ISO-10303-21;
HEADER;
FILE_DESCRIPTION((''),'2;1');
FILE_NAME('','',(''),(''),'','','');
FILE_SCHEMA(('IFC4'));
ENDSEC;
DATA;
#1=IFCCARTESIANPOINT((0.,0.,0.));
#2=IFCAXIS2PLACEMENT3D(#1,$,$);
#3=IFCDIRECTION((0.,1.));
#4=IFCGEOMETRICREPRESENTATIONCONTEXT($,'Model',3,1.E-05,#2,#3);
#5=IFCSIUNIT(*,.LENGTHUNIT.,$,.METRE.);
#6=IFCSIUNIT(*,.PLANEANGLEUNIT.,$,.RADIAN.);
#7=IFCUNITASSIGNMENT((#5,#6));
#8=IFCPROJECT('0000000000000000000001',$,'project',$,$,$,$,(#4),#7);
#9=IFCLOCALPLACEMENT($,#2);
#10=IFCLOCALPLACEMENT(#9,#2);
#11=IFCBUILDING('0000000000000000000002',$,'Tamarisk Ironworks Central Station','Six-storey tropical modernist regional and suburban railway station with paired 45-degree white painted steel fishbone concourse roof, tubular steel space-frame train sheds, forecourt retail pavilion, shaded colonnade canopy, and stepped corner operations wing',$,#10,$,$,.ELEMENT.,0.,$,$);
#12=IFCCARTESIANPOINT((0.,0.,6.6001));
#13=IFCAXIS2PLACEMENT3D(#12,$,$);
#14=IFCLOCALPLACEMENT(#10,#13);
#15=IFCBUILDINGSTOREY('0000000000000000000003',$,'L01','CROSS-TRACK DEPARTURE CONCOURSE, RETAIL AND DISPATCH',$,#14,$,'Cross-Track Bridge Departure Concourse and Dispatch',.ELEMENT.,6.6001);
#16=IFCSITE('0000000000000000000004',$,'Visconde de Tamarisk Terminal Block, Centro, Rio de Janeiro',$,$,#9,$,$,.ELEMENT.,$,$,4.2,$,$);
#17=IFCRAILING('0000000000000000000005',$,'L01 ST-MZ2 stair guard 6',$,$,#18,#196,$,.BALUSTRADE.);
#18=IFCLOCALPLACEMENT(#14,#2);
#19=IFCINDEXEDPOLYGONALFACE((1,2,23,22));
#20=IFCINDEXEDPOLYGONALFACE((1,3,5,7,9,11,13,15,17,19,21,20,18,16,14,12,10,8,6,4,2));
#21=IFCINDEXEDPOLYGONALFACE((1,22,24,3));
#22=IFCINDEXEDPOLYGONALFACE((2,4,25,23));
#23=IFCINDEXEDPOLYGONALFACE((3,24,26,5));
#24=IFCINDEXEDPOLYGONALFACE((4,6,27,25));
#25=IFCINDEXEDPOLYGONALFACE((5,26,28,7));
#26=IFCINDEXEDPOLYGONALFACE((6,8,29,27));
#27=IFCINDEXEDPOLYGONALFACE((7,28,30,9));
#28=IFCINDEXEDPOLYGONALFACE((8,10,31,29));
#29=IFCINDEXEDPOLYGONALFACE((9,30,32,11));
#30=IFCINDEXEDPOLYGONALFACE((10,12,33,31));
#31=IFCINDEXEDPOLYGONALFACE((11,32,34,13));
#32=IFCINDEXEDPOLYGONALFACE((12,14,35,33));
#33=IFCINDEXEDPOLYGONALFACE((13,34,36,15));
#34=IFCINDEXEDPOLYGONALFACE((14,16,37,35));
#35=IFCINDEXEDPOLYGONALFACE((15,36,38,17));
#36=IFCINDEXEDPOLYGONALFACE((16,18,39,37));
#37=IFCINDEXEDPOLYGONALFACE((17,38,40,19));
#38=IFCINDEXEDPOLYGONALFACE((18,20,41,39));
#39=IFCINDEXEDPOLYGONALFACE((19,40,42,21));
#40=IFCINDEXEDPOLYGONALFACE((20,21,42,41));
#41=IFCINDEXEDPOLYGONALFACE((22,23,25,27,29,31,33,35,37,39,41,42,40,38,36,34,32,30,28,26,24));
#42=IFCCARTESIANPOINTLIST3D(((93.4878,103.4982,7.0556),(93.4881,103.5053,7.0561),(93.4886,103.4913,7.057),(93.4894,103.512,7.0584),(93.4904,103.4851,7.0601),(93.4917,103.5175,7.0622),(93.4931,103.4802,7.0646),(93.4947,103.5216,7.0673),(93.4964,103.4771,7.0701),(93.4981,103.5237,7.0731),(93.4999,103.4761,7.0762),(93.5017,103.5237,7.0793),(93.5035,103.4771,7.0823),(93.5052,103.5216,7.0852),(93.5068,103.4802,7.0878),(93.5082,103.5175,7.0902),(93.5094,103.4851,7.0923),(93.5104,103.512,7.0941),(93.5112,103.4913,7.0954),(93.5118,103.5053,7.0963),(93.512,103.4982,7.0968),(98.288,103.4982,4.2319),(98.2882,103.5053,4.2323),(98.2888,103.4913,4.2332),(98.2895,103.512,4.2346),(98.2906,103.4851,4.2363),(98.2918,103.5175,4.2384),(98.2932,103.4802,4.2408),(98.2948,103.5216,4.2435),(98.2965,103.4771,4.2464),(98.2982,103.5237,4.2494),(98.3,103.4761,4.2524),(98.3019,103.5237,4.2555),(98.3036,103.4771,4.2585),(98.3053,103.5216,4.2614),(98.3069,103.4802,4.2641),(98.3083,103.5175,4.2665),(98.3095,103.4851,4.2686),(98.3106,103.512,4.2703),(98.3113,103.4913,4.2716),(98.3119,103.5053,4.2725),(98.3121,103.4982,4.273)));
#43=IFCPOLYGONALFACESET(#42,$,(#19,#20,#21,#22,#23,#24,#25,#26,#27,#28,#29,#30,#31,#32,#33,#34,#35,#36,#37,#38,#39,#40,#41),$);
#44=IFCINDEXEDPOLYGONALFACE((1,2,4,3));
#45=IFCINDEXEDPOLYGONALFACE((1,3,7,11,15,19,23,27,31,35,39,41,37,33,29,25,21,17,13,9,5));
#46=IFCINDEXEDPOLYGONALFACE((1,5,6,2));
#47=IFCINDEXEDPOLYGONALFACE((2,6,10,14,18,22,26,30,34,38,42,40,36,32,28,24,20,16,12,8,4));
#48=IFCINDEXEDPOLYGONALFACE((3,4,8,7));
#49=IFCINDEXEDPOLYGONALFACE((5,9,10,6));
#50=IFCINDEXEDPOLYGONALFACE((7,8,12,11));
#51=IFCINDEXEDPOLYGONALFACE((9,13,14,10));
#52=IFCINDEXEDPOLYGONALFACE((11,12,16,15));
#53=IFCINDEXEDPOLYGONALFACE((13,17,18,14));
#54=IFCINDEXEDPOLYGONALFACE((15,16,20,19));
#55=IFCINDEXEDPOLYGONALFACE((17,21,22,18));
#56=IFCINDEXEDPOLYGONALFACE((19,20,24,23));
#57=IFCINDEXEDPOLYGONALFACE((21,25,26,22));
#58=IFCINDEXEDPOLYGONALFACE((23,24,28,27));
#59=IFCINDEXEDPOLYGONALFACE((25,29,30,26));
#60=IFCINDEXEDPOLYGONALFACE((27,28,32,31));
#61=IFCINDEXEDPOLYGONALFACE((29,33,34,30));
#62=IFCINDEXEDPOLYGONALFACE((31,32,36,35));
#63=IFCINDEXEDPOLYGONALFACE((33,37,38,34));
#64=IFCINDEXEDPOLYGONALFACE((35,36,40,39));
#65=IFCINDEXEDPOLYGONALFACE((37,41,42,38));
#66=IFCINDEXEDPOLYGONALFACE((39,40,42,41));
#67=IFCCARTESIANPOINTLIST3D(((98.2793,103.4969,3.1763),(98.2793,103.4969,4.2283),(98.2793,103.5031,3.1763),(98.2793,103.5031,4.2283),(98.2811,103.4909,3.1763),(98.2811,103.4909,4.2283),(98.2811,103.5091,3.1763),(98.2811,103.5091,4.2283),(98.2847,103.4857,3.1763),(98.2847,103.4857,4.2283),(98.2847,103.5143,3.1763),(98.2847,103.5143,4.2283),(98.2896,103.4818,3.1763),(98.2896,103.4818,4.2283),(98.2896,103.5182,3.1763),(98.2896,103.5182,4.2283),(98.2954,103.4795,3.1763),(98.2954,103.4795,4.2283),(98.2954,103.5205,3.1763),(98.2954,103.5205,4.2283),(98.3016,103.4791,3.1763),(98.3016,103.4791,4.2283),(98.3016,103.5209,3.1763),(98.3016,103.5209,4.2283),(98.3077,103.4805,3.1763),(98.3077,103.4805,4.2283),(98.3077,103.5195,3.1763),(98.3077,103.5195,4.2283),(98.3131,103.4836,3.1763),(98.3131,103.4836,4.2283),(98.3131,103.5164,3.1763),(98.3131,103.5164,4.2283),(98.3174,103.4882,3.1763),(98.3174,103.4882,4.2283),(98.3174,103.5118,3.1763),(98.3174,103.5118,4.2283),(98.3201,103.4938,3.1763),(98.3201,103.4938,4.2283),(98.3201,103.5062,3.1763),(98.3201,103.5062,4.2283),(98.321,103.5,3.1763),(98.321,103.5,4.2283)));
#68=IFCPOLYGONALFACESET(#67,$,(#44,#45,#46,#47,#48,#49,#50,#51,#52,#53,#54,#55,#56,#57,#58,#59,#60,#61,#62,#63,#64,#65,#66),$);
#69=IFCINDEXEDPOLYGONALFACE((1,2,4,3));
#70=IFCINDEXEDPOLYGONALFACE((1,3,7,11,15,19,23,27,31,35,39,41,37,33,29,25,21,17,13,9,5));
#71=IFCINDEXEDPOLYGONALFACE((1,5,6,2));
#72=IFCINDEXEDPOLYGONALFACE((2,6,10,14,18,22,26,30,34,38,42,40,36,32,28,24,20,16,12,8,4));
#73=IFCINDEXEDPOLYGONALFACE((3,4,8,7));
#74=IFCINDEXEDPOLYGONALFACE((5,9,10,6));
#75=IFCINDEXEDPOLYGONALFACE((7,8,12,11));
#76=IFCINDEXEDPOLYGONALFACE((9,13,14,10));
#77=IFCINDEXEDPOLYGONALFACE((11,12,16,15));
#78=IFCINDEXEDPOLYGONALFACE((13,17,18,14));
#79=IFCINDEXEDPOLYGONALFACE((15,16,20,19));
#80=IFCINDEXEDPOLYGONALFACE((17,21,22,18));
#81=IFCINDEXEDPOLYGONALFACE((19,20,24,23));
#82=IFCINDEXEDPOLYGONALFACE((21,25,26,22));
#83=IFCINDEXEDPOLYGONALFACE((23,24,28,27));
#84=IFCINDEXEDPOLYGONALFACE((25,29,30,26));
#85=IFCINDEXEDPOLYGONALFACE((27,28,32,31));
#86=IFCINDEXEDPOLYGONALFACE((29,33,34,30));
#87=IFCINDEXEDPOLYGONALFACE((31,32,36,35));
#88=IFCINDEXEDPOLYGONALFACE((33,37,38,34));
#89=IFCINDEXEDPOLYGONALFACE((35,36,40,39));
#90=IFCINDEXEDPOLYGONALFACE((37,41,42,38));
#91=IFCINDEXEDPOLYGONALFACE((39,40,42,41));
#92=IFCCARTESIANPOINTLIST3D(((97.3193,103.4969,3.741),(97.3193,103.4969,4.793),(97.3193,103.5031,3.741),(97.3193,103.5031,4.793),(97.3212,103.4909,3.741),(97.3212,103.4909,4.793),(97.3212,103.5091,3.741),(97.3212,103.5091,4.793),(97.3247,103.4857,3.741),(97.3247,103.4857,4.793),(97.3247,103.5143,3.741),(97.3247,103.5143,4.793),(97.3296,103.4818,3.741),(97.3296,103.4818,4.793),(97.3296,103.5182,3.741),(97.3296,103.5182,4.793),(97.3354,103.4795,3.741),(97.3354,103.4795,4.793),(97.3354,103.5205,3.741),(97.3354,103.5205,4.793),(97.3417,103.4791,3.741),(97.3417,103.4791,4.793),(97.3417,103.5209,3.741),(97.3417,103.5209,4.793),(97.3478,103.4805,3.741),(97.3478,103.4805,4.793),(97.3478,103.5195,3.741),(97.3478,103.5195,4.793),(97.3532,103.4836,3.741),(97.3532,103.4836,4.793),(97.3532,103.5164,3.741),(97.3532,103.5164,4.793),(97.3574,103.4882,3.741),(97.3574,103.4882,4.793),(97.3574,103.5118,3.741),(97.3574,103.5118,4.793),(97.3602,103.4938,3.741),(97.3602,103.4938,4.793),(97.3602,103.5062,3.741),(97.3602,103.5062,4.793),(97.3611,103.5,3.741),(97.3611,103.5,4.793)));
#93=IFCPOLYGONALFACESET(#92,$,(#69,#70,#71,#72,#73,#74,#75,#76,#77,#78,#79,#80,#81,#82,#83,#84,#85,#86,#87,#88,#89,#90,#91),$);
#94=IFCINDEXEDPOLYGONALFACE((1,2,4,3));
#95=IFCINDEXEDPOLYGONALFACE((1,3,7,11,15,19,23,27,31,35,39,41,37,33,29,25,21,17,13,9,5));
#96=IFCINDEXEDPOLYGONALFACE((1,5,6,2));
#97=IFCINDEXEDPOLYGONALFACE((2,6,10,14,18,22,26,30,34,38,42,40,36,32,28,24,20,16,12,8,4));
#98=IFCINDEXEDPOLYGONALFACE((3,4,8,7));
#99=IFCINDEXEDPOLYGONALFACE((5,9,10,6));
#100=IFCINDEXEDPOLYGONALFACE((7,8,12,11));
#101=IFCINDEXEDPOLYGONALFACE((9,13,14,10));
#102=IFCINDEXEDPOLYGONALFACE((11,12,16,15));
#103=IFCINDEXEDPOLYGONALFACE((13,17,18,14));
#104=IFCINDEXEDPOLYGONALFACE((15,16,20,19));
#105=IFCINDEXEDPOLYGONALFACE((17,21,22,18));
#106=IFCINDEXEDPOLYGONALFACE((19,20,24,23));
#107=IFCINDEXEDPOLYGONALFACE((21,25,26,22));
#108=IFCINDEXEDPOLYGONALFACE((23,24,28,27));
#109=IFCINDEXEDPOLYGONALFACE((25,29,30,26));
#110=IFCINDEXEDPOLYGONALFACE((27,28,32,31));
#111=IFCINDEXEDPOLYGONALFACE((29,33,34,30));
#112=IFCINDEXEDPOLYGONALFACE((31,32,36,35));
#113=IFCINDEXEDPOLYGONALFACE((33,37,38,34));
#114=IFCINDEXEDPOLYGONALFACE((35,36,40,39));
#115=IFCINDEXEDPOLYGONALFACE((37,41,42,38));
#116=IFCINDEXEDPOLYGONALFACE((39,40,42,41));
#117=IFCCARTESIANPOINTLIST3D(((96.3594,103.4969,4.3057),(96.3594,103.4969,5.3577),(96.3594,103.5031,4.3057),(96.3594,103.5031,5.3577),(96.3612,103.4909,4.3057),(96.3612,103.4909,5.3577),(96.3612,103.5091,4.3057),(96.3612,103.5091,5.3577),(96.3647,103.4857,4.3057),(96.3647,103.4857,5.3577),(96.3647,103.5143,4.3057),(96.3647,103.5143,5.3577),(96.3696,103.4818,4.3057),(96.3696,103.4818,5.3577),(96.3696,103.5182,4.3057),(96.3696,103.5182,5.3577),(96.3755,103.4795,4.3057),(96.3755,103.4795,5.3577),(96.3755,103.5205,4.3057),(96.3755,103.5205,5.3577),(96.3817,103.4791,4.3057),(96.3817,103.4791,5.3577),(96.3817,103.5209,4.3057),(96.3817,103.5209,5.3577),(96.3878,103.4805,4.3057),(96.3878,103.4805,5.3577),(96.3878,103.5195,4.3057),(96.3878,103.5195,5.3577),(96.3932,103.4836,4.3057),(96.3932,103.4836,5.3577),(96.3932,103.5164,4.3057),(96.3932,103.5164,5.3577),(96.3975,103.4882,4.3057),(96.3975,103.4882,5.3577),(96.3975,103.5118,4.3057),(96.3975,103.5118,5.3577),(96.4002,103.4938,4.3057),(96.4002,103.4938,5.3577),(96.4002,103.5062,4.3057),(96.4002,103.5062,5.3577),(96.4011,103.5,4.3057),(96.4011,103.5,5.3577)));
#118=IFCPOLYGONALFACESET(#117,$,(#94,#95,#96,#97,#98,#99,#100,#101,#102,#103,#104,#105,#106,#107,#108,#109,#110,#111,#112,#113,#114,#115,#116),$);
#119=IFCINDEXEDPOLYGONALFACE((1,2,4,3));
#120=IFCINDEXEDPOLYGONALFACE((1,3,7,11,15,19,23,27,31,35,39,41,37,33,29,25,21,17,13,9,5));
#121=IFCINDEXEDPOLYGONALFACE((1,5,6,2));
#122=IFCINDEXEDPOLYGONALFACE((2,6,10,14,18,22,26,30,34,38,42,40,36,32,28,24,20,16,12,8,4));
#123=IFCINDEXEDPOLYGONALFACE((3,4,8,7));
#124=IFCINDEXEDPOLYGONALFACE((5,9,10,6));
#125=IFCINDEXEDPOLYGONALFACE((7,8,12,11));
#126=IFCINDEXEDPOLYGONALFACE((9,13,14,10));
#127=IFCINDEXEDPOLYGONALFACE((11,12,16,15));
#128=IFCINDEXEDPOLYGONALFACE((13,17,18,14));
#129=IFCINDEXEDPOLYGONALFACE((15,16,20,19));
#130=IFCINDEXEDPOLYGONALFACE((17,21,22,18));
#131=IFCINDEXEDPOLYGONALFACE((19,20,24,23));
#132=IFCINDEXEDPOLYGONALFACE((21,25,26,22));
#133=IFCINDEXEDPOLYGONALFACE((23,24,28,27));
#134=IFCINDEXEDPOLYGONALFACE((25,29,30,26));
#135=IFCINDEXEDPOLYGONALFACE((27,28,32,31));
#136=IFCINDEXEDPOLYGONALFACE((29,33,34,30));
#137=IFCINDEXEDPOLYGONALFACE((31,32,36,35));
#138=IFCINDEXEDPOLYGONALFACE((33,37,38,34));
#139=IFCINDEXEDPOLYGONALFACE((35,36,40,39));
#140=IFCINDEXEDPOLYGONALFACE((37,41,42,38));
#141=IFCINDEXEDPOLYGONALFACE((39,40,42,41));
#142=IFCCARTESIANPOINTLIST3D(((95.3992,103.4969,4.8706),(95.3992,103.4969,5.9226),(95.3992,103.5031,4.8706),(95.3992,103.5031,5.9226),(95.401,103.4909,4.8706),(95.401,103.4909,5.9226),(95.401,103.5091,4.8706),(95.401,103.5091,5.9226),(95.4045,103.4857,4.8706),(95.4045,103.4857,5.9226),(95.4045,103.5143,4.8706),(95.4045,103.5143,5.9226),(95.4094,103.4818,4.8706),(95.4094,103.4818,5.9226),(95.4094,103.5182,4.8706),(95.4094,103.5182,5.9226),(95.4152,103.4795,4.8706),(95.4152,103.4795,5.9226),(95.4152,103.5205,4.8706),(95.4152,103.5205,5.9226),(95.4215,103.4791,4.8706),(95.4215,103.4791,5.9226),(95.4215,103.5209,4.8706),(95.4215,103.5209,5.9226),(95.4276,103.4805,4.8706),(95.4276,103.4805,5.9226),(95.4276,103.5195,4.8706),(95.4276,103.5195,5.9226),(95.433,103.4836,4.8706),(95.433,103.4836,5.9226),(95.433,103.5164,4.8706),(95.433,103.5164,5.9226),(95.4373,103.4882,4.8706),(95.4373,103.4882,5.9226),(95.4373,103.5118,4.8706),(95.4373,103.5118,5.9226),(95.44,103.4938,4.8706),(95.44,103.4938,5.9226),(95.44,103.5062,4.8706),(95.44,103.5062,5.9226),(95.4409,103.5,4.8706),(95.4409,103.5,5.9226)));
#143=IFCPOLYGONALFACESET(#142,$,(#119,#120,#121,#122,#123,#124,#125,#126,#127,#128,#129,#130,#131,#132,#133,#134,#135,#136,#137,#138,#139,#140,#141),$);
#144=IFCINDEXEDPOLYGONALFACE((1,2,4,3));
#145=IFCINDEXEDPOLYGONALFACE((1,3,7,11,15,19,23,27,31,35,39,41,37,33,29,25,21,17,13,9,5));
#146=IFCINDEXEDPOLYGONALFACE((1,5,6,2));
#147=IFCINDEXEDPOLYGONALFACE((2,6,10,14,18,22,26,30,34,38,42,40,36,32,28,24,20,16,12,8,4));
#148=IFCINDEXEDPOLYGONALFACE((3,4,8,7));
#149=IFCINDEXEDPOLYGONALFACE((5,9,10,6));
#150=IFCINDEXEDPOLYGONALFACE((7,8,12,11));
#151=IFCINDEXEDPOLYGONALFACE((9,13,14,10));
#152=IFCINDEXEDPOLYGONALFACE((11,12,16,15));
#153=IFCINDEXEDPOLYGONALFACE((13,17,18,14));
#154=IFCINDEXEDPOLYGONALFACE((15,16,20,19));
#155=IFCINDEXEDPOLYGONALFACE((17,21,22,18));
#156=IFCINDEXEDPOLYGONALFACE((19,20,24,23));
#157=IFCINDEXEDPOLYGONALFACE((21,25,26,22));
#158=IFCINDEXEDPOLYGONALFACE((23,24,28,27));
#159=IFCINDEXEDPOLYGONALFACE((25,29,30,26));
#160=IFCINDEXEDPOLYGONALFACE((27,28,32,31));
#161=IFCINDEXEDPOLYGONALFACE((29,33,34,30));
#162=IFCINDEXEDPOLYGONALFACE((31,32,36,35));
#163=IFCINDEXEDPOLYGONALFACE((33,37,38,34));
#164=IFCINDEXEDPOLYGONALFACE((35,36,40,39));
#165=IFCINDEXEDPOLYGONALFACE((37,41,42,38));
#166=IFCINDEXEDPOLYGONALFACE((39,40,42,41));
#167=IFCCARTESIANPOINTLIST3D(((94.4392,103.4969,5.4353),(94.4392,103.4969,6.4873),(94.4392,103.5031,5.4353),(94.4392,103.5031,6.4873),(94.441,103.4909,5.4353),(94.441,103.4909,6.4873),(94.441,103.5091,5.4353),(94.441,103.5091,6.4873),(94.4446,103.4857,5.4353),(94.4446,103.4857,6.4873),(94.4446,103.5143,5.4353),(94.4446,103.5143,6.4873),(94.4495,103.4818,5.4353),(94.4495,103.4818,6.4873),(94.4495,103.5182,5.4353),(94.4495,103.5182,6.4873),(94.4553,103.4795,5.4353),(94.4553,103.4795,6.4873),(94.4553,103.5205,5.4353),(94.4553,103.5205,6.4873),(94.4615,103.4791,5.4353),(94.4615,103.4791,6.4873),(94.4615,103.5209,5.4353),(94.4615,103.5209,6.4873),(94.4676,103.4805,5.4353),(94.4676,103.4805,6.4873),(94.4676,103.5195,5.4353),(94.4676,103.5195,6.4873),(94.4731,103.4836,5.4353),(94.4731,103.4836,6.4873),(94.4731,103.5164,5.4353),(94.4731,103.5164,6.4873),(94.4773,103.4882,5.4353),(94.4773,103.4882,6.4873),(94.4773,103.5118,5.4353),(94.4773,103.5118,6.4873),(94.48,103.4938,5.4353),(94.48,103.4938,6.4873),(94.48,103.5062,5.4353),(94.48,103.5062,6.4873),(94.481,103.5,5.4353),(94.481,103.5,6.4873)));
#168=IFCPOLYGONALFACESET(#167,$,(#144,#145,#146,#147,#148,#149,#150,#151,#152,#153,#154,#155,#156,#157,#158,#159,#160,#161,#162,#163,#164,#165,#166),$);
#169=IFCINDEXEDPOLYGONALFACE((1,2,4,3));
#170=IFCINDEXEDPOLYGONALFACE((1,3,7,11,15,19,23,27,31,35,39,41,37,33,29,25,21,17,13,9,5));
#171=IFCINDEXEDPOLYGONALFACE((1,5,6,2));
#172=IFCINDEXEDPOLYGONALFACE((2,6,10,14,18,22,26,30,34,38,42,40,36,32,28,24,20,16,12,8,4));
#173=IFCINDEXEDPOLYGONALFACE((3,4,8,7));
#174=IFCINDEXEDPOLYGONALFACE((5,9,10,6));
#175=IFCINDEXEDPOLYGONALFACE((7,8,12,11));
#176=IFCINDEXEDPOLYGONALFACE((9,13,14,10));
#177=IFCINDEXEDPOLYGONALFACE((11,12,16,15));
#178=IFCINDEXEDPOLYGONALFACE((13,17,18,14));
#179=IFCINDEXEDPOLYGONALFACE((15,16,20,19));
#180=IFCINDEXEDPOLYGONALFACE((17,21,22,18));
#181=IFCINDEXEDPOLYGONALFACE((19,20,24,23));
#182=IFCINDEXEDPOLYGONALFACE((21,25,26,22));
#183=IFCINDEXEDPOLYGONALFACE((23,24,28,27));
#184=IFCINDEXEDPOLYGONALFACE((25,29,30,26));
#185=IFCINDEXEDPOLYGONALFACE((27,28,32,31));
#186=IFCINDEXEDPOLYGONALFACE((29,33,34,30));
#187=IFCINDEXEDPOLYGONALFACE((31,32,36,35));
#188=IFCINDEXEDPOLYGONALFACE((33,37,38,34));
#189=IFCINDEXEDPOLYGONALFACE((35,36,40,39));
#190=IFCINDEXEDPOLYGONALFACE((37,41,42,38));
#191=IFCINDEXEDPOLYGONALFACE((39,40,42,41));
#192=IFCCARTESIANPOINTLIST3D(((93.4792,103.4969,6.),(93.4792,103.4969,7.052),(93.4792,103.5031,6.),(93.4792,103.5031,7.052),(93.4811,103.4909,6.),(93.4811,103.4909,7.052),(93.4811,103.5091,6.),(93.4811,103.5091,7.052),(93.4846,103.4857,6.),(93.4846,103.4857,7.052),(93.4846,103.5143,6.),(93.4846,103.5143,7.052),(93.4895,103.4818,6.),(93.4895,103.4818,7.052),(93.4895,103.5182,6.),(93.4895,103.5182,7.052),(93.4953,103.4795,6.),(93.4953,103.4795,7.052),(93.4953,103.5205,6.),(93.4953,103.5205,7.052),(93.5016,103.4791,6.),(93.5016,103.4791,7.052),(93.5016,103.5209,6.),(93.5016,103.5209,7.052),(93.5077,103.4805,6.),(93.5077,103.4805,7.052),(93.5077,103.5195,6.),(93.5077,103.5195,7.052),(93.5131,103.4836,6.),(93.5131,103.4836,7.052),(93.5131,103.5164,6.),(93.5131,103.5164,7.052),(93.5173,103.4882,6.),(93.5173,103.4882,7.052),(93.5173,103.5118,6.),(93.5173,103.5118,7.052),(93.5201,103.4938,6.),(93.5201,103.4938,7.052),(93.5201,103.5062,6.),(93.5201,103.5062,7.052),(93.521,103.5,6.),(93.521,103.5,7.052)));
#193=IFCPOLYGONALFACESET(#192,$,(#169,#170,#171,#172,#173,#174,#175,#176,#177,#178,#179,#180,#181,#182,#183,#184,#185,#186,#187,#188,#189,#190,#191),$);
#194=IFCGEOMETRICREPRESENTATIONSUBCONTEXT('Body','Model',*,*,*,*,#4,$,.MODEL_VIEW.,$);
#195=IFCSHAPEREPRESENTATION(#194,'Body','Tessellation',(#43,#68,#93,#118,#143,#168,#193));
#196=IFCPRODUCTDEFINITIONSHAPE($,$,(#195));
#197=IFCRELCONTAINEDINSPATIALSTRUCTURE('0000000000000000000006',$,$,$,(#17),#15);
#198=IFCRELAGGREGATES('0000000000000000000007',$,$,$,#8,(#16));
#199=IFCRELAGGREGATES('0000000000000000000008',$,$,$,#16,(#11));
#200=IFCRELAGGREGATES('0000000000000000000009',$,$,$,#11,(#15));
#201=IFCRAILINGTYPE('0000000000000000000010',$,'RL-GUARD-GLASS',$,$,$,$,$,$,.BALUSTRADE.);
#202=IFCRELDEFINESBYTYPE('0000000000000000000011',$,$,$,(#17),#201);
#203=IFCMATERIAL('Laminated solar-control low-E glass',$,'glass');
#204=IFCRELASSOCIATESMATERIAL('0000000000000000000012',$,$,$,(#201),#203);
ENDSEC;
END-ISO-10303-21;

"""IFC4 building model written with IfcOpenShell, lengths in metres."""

from ifc_helpers import new_model, si_unit, direction, frame, origin, origin_2d, place, context, subcontext, project, spatial, circle, extrude, material, type_object, element, save


model = new_model("IFC4")

# Units and contexts
model_context = context("Model", 3, precision=1e-05, world=origin(), true_north=direction((0.0, 1.0)))
body_context = subcontext(model_context, "Body", "Model", "MODEL_VIEW")
ifc_project = project(units=[si_unit("LENGTHUNIT", "METRE"), si_unit("PLANEANGLEUNIT", "RADIAN")], contexts=[model_context])

# Site, building, storey
site_placement = place(None, origin())
site = spatial("IfcSite", under=ifc_project, at=site_placement, Name="Visconde de Tamarisk Terminal Block, Centro, Rio de Janeiro", CompositionType="ELEMENT", RefElevation=4.2)
building_placement = place(site_placement, origin())
building = spatial("IfcBuilding", under=site, at=building_placement, Name="Tamarisk Ironworks Central Station", Description="Six-storey tropical modernist regional and suburban railway station with paired 45-degree white painted steel fishbone concourse roof, tubular steel space-frame train sheds, forecourt retail pavilion, shaded colonnade canopy, and stepped corner operations wing", CompositionType="ELEMENT", ElevationOfRefHeight=0.0)
storey_placement = place(building_placement, frame((0.0, 0.0, 6.6001)))
storey = spatial("IfcBuildingStorey", under=building, at=storey_placement, Name="L01", Description="CROSS-TRACK DEPARTURE CONCOURSE, RETAIL AND DISPATCH", LongName="Cross-Track Bridge Departure Concourse and Dispatch", CompositionType="ELEMENT", Elevation=6.6001)

# Shared definitions
ifc_material_1 = material(Name="Laminated solar-control low-E glass", Category="glass")

# Railing
railing_type = type_object("IfcRailingType", Name="RL-GUARD-GLASS", PredefinedType="BALUSTRADE", material=ifc_material_1)
railing_1_placement = place(storey_placement, frame((98.3, 103.5, 3.1763)))
element("IfcRailing", 1, at=railing_1_placement, inside=storey, type_object=railing_type, Name="L01 ST-MZ2 stair guard 6", PredefinedType="BALUSTRADE", context=body_context, shape_type="SweptSolid", body=[
    extrude(circle(Radius=0.0239, at=origin_2d()), frame((0.0, 0.0, 1.0762), z_axis=(-0.861921, 0.0, 0.507043), x_axis=(0.0, -1.0, 0.0)), (0.0, 0.0, 1.0), 5.5691),
    extrude(circle(Radius=0.021, at=origin_2d()), origin(), (0.0, 0.0, 1.0), 1.052),
    extrude(circle(Radius=0.021, at=origin_2d()), frame((-0.96, 0.0, 0.5647)), (0.0, 0.0, 1.0), 1.052),
    extrude(circle(Radius=0.021, at=origin_2d()), frame((-1.9199, 0.0, 1.1294)), (0.0, 0.0, 1.0), 1.052),
    extrude(circle(Radius=0.021, at=origin_2d()), frame((-2.8801, 0.0, 1.6943)), (0.0, 0.0, 1.0), 1.052),
    extrude(circle(Radius=0.021, at=origin_2d()), frame((-3.8401, 0.0, 2.259)), (0.0, 0.0, 1.0), 1.052),
    extrude(circle(Radius=0.021, at=origin_2d()), frame((-4.8, 0.0, 2.8237)), (0.0, 0.0, 1.0), 1.052),
])

save(model, "model.ifc")
